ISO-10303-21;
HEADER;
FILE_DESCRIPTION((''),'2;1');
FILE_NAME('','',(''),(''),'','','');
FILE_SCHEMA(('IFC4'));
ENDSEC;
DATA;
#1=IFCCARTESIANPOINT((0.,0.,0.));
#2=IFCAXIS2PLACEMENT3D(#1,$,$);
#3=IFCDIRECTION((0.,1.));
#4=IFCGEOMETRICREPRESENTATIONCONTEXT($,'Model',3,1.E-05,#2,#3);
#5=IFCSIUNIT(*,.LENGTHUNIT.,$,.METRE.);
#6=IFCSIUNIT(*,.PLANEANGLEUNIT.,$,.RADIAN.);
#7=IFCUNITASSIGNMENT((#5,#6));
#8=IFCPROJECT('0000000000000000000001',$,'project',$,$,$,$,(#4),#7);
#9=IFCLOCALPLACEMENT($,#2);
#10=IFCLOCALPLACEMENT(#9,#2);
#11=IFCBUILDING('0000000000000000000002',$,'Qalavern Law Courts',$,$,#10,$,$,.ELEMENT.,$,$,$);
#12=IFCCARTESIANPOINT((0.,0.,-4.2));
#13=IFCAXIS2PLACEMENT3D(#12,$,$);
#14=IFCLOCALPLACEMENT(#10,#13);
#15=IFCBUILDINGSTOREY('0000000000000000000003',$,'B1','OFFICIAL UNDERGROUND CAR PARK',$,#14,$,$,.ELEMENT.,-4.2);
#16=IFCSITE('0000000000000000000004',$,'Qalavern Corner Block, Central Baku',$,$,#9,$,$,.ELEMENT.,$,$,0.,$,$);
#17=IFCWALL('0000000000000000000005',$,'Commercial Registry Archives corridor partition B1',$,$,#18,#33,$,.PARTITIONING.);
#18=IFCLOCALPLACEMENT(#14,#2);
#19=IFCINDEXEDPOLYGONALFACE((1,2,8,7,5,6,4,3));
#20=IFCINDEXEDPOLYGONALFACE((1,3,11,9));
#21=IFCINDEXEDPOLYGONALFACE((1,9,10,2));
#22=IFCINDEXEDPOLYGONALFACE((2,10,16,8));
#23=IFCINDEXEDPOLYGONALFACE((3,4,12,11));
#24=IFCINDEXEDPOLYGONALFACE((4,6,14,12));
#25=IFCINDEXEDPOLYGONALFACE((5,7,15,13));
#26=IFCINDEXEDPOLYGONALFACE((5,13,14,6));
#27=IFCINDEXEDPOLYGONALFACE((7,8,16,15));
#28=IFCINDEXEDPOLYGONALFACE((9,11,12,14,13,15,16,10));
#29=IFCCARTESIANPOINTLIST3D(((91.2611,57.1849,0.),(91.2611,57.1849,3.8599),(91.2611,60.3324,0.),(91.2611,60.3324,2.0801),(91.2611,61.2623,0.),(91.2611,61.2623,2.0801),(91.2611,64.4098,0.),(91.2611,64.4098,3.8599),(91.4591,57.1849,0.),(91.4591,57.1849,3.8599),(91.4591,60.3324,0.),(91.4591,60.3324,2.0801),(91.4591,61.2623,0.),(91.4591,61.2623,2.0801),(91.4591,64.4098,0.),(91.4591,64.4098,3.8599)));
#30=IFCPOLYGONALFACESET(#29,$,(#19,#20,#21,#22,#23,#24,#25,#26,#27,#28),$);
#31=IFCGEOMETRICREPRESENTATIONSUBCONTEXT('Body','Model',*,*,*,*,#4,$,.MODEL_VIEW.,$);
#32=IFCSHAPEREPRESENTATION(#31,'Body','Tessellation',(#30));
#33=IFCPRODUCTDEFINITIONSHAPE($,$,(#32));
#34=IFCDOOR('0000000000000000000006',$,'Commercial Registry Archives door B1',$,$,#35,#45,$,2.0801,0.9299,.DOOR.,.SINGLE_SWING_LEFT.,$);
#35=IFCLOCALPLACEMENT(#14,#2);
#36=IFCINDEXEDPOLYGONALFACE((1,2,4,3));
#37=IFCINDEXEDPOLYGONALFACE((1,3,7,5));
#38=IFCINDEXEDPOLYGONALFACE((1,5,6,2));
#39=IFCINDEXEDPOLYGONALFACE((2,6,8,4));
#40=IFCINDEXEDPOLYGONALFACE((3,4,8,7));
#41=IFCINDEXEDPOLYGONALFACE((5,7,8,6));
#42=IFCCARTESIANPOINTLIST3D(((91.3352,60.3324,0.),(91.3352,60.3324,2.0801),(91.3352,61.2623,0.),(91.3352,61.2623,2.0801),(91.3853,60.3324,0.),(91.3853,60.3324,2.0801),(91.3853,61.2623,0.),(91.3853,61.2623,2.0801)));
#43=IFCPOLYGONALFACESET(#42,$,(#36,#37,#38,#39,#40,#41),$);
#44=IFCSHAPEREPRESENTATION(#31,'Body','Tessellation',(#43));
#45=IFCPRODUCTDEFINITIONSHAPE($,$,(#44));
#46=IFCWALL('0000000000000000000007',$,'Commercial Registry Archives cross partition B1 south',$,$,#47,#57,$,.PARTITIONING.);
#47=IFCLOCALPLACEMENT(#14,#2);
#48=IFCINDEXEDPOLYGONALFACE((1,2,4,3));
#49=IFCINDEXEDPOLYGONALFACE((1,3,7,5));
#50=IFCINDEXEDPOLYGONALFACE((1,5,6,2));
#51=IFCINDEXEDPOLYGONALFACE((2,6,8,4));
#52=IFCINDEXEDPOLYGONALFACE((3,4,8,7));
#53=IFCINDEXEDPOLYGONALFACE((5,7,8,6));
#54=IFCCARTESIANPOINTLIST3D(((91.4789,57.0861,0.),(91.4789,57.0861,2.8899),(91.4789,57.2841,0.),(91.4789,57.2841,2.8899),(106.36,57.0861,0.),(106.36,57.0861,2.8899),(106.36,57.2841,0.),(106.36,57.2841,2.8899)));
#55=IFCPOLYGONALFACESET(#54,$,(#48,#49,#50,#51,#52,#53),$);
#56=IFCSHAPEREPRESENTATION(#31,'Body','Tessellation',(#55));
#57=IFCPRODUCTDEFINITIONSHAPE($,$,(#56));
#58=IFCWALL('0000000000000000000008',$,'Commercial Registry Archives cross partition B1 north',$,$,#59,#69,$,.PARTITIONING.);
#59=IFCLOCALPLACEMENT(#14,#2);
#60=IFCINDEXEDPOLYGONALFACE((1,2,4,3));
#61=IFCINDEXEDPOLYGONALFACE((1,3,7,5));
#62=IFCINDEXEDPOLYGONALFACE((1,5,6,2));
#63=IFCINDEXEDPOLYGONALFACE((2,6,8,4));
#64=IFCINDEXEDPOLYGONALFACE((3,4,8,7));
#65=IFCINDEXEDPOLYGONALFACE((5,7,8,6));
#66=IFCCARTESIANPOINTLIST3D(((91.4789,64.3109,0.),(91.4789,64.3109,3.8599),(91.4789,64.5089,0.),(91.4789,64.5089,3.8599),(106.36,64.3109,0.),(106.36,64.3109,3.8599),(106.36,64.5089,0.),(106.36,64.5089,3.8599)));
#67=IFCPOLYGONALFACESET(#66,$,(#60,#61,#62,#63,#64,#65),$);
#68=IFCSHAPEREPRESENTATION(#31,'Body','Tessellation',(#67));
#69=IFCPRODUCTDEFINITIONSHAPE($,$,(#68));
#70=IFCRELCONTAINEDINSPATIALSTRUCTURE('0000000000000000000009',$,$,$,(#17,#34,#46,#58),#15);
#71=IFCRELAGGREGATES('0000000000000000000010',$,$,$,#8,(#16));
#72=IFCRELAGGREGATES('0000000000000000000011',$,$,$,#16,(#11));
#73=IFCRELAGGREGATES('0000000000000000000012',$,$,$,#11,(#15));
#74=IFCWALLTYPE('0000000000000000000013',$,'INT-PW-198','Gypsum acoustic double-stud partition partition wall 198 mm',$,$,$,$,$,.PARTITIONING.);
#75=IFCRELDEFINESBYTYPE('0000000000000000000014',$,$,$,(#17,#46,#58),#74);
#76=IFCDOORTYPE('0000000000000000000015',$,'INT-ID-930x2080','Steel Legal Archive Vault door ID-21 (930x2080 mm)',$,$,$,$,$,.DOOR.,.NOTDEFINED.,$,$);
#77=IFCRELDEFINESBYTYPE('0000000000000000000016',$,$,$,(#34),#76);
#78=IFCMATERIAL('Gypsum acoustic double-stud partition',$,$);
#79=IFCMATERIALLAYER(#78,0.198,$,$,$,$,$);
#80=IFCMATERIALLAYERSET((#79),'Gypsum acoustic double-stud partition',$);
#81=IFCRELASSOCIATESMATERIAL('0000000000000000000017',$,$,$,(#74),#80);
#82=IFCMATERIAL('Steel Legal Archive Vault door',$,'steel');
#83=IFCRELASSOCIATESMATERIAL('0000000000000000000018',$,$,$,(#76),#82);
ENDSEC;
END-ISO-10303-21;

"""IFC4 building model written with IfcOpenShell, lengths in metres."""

from ifc_helpers import new_model, si_unit, direction, frame, frame_2d, origin, place, context, subcontext, project, spatial, rectangle, extrude, material, layer, layer_set, type_object, element, fill, save


model = new_model("IFC4")

# Units and contexts
model_context = context("Model", 3, precision=1e-05, world=origin(), true_north=direction((0.0, 1.0)))
body_context = subcontext(model_context, "Body", "Model", "MODEL_VIEW")
ifc_project = project(units=[si_unit("LENGTHUNIT", "METRE"), si_unit("PLANEANGLEUNIT", "RADIAN")], contexts=[model_context])

# Site, building, storey
site_placement = place(None, origin())
site = spatial("IfcSite", under=ifc_project, at=site_placement, Name="Qalavern Corner Block, Central Baku", CompositionType="ELEMENT", RefElevation=0.0)
building_placement = place(site_placement, origin())
building = spatial("IfcBuilding", under=site, at=building_placement, Name="Qalavern Law Courts", CompositionType="ELEMENT")
storey_placement = place(building_placement, frame((0.0, 0.0, -4.2)))
storey = spatial("IfcBuildingStorey", under=building, at=storey_placement, Name="B1", Description="OFFICIAL UNDERGROUND CAR PARK", CompositionType="ELEMENT", Elevation=-4.2)

# Wall, opening, door
ifc_material_1 = material(Name="Gypsum acoustic double-stud partition")
ifc_layer_1 = layer(ifc_material_1, 0.198)
ifc_layer_set_1 = layer_set([ifc_layer_1], Name="Gypsum acoustic double-stud partition")
wall_type_1 = type_object("IfcWallType", Name="INT-PW-198", Description="Gypsum acoustic double-stud partition partition wall 198 mm", PredefinedType="PARTITIONING", material=ifc_layer_set_1)
wall_1_placement = place(storey_placement, frame((91.3601, 57.1851, 0.0), z_axis=(0.0, 0.0, 1.0), x_axis=(0.0, 1.0, 0.0)))
wall_1 = element("IfcWall", 1, at=wall_1_placement, inside=storey, type_object=wall_type_1, Name="Commercial Registry Archives corridor partition B1", PredefinedType="PARTITIONING", context=body_context, shape_type="SweptSolid", body=[
    extrude(rectangle(XDim=7.2249, YDim=0.198, at=frame_2d((3.6123, 0.0))), origin(), (0.0, 0.0, 1.0), 3.8599),
])
opening_1_placement = place(wall_1_placement, frame((3.1475, 0.0, 0.0)))
opening_1 = element("IfcOpeningElement", 2, at=opening_1_placement, cuts=wall_1, PredefinedType="OPENING", context=body_context, shape_type="SweptSolid", body=[
    extrude(rectangle(XDim=0.9299, YDim=2.0801, at=frame_2d((0.4648, 1.04))), frame((0.0, 0.1138, 0.0), z_axis=(0.0, -1.0, 0.0), x_axis=(1.0, 0.0, 0.0)), (0.0, 0.0, 1.0), 0.2278),
])
ifc_material_2 = material(Name="Steel Legal Archive Vault door", Category="steel")
door_type_1 = type_object("IfcDoorType", Name="INT-ID-930x2080", Description="Steel Legal Archive Vault door ID-21 (930x2080 mm)", OperationType="NOTDEFINED", PredefinedType="DOOR", material=ifc_material_2)
door_1_placement = place(opening_1_placement, origin())
door_1 = element("IfcDoor", 3, at=door_1_placement, inside=storey, type_object=door_type_1, Name="Commercial Registry Archives door B1", OperationType="SINGLE_SWING_LEFT", OverallHeight=2.0801, OverallWidth=0.9299, PredefinedType="DOOR", context=body_context, shape_type="SweptSolid", body=[
    extrude(rectangle(XDim=0.9299, YDim=2.0801, at=frame_2d((0.4648, 1.04))), frame((0.0, 0.0249, 0.0), z_axis=(0.0, -1.0, 0.0), x_axis=(1.0, 0.0, 0.0)), (0.0, 0.0, 1.0), 0.05),
])
fill(opening_1, door_1)

# Walls
wall_2_placement = place(storey_placement, frame((91.479, 57.1851, 0.0), z_axis=(0.0, 0.0, 1.0), x_axis=(1.0, 0.0, 0.0)))
element("IfcWall", 4, at=wall_2_placement, inside=storey, type_object=wall_type_1, Name="Commercial Registry Archives cross partition B1 south", PredefinedType="PARTITIONING", context=body_context, shape_type="SweptSolid", body=[
    extrude(rectangle(XDim=14.8811, YDim=0.198, at=frame_2d((7.4404, 0.0))), origin(), (0.0, 0.0, 1.0), 2.8899),
])
wall_3_placement = place(storey_placement, frame((91.479, 64.4099, 0.0), z_axis=(0.0, 0.0, 1.0), x_axis=(1.0, 0.0, 0.0)))
element("IfcWall", 5, at=wall_3_placement, inside=storey, type_object=wall_type_1, Name="Commercial Registry Archives cross partition B1 north", PredefinedType="PARTITIONING", context=body_context, shape_type="SweptSolid", body=[
    extrude(rectangle(XDim=14.8811, YDim=0.198, at=frame_2d((7.4404, 0.0))), origin(), (0.0, 0.0, 1.0), 3.8599),
])

save(model, "model.ifc")
